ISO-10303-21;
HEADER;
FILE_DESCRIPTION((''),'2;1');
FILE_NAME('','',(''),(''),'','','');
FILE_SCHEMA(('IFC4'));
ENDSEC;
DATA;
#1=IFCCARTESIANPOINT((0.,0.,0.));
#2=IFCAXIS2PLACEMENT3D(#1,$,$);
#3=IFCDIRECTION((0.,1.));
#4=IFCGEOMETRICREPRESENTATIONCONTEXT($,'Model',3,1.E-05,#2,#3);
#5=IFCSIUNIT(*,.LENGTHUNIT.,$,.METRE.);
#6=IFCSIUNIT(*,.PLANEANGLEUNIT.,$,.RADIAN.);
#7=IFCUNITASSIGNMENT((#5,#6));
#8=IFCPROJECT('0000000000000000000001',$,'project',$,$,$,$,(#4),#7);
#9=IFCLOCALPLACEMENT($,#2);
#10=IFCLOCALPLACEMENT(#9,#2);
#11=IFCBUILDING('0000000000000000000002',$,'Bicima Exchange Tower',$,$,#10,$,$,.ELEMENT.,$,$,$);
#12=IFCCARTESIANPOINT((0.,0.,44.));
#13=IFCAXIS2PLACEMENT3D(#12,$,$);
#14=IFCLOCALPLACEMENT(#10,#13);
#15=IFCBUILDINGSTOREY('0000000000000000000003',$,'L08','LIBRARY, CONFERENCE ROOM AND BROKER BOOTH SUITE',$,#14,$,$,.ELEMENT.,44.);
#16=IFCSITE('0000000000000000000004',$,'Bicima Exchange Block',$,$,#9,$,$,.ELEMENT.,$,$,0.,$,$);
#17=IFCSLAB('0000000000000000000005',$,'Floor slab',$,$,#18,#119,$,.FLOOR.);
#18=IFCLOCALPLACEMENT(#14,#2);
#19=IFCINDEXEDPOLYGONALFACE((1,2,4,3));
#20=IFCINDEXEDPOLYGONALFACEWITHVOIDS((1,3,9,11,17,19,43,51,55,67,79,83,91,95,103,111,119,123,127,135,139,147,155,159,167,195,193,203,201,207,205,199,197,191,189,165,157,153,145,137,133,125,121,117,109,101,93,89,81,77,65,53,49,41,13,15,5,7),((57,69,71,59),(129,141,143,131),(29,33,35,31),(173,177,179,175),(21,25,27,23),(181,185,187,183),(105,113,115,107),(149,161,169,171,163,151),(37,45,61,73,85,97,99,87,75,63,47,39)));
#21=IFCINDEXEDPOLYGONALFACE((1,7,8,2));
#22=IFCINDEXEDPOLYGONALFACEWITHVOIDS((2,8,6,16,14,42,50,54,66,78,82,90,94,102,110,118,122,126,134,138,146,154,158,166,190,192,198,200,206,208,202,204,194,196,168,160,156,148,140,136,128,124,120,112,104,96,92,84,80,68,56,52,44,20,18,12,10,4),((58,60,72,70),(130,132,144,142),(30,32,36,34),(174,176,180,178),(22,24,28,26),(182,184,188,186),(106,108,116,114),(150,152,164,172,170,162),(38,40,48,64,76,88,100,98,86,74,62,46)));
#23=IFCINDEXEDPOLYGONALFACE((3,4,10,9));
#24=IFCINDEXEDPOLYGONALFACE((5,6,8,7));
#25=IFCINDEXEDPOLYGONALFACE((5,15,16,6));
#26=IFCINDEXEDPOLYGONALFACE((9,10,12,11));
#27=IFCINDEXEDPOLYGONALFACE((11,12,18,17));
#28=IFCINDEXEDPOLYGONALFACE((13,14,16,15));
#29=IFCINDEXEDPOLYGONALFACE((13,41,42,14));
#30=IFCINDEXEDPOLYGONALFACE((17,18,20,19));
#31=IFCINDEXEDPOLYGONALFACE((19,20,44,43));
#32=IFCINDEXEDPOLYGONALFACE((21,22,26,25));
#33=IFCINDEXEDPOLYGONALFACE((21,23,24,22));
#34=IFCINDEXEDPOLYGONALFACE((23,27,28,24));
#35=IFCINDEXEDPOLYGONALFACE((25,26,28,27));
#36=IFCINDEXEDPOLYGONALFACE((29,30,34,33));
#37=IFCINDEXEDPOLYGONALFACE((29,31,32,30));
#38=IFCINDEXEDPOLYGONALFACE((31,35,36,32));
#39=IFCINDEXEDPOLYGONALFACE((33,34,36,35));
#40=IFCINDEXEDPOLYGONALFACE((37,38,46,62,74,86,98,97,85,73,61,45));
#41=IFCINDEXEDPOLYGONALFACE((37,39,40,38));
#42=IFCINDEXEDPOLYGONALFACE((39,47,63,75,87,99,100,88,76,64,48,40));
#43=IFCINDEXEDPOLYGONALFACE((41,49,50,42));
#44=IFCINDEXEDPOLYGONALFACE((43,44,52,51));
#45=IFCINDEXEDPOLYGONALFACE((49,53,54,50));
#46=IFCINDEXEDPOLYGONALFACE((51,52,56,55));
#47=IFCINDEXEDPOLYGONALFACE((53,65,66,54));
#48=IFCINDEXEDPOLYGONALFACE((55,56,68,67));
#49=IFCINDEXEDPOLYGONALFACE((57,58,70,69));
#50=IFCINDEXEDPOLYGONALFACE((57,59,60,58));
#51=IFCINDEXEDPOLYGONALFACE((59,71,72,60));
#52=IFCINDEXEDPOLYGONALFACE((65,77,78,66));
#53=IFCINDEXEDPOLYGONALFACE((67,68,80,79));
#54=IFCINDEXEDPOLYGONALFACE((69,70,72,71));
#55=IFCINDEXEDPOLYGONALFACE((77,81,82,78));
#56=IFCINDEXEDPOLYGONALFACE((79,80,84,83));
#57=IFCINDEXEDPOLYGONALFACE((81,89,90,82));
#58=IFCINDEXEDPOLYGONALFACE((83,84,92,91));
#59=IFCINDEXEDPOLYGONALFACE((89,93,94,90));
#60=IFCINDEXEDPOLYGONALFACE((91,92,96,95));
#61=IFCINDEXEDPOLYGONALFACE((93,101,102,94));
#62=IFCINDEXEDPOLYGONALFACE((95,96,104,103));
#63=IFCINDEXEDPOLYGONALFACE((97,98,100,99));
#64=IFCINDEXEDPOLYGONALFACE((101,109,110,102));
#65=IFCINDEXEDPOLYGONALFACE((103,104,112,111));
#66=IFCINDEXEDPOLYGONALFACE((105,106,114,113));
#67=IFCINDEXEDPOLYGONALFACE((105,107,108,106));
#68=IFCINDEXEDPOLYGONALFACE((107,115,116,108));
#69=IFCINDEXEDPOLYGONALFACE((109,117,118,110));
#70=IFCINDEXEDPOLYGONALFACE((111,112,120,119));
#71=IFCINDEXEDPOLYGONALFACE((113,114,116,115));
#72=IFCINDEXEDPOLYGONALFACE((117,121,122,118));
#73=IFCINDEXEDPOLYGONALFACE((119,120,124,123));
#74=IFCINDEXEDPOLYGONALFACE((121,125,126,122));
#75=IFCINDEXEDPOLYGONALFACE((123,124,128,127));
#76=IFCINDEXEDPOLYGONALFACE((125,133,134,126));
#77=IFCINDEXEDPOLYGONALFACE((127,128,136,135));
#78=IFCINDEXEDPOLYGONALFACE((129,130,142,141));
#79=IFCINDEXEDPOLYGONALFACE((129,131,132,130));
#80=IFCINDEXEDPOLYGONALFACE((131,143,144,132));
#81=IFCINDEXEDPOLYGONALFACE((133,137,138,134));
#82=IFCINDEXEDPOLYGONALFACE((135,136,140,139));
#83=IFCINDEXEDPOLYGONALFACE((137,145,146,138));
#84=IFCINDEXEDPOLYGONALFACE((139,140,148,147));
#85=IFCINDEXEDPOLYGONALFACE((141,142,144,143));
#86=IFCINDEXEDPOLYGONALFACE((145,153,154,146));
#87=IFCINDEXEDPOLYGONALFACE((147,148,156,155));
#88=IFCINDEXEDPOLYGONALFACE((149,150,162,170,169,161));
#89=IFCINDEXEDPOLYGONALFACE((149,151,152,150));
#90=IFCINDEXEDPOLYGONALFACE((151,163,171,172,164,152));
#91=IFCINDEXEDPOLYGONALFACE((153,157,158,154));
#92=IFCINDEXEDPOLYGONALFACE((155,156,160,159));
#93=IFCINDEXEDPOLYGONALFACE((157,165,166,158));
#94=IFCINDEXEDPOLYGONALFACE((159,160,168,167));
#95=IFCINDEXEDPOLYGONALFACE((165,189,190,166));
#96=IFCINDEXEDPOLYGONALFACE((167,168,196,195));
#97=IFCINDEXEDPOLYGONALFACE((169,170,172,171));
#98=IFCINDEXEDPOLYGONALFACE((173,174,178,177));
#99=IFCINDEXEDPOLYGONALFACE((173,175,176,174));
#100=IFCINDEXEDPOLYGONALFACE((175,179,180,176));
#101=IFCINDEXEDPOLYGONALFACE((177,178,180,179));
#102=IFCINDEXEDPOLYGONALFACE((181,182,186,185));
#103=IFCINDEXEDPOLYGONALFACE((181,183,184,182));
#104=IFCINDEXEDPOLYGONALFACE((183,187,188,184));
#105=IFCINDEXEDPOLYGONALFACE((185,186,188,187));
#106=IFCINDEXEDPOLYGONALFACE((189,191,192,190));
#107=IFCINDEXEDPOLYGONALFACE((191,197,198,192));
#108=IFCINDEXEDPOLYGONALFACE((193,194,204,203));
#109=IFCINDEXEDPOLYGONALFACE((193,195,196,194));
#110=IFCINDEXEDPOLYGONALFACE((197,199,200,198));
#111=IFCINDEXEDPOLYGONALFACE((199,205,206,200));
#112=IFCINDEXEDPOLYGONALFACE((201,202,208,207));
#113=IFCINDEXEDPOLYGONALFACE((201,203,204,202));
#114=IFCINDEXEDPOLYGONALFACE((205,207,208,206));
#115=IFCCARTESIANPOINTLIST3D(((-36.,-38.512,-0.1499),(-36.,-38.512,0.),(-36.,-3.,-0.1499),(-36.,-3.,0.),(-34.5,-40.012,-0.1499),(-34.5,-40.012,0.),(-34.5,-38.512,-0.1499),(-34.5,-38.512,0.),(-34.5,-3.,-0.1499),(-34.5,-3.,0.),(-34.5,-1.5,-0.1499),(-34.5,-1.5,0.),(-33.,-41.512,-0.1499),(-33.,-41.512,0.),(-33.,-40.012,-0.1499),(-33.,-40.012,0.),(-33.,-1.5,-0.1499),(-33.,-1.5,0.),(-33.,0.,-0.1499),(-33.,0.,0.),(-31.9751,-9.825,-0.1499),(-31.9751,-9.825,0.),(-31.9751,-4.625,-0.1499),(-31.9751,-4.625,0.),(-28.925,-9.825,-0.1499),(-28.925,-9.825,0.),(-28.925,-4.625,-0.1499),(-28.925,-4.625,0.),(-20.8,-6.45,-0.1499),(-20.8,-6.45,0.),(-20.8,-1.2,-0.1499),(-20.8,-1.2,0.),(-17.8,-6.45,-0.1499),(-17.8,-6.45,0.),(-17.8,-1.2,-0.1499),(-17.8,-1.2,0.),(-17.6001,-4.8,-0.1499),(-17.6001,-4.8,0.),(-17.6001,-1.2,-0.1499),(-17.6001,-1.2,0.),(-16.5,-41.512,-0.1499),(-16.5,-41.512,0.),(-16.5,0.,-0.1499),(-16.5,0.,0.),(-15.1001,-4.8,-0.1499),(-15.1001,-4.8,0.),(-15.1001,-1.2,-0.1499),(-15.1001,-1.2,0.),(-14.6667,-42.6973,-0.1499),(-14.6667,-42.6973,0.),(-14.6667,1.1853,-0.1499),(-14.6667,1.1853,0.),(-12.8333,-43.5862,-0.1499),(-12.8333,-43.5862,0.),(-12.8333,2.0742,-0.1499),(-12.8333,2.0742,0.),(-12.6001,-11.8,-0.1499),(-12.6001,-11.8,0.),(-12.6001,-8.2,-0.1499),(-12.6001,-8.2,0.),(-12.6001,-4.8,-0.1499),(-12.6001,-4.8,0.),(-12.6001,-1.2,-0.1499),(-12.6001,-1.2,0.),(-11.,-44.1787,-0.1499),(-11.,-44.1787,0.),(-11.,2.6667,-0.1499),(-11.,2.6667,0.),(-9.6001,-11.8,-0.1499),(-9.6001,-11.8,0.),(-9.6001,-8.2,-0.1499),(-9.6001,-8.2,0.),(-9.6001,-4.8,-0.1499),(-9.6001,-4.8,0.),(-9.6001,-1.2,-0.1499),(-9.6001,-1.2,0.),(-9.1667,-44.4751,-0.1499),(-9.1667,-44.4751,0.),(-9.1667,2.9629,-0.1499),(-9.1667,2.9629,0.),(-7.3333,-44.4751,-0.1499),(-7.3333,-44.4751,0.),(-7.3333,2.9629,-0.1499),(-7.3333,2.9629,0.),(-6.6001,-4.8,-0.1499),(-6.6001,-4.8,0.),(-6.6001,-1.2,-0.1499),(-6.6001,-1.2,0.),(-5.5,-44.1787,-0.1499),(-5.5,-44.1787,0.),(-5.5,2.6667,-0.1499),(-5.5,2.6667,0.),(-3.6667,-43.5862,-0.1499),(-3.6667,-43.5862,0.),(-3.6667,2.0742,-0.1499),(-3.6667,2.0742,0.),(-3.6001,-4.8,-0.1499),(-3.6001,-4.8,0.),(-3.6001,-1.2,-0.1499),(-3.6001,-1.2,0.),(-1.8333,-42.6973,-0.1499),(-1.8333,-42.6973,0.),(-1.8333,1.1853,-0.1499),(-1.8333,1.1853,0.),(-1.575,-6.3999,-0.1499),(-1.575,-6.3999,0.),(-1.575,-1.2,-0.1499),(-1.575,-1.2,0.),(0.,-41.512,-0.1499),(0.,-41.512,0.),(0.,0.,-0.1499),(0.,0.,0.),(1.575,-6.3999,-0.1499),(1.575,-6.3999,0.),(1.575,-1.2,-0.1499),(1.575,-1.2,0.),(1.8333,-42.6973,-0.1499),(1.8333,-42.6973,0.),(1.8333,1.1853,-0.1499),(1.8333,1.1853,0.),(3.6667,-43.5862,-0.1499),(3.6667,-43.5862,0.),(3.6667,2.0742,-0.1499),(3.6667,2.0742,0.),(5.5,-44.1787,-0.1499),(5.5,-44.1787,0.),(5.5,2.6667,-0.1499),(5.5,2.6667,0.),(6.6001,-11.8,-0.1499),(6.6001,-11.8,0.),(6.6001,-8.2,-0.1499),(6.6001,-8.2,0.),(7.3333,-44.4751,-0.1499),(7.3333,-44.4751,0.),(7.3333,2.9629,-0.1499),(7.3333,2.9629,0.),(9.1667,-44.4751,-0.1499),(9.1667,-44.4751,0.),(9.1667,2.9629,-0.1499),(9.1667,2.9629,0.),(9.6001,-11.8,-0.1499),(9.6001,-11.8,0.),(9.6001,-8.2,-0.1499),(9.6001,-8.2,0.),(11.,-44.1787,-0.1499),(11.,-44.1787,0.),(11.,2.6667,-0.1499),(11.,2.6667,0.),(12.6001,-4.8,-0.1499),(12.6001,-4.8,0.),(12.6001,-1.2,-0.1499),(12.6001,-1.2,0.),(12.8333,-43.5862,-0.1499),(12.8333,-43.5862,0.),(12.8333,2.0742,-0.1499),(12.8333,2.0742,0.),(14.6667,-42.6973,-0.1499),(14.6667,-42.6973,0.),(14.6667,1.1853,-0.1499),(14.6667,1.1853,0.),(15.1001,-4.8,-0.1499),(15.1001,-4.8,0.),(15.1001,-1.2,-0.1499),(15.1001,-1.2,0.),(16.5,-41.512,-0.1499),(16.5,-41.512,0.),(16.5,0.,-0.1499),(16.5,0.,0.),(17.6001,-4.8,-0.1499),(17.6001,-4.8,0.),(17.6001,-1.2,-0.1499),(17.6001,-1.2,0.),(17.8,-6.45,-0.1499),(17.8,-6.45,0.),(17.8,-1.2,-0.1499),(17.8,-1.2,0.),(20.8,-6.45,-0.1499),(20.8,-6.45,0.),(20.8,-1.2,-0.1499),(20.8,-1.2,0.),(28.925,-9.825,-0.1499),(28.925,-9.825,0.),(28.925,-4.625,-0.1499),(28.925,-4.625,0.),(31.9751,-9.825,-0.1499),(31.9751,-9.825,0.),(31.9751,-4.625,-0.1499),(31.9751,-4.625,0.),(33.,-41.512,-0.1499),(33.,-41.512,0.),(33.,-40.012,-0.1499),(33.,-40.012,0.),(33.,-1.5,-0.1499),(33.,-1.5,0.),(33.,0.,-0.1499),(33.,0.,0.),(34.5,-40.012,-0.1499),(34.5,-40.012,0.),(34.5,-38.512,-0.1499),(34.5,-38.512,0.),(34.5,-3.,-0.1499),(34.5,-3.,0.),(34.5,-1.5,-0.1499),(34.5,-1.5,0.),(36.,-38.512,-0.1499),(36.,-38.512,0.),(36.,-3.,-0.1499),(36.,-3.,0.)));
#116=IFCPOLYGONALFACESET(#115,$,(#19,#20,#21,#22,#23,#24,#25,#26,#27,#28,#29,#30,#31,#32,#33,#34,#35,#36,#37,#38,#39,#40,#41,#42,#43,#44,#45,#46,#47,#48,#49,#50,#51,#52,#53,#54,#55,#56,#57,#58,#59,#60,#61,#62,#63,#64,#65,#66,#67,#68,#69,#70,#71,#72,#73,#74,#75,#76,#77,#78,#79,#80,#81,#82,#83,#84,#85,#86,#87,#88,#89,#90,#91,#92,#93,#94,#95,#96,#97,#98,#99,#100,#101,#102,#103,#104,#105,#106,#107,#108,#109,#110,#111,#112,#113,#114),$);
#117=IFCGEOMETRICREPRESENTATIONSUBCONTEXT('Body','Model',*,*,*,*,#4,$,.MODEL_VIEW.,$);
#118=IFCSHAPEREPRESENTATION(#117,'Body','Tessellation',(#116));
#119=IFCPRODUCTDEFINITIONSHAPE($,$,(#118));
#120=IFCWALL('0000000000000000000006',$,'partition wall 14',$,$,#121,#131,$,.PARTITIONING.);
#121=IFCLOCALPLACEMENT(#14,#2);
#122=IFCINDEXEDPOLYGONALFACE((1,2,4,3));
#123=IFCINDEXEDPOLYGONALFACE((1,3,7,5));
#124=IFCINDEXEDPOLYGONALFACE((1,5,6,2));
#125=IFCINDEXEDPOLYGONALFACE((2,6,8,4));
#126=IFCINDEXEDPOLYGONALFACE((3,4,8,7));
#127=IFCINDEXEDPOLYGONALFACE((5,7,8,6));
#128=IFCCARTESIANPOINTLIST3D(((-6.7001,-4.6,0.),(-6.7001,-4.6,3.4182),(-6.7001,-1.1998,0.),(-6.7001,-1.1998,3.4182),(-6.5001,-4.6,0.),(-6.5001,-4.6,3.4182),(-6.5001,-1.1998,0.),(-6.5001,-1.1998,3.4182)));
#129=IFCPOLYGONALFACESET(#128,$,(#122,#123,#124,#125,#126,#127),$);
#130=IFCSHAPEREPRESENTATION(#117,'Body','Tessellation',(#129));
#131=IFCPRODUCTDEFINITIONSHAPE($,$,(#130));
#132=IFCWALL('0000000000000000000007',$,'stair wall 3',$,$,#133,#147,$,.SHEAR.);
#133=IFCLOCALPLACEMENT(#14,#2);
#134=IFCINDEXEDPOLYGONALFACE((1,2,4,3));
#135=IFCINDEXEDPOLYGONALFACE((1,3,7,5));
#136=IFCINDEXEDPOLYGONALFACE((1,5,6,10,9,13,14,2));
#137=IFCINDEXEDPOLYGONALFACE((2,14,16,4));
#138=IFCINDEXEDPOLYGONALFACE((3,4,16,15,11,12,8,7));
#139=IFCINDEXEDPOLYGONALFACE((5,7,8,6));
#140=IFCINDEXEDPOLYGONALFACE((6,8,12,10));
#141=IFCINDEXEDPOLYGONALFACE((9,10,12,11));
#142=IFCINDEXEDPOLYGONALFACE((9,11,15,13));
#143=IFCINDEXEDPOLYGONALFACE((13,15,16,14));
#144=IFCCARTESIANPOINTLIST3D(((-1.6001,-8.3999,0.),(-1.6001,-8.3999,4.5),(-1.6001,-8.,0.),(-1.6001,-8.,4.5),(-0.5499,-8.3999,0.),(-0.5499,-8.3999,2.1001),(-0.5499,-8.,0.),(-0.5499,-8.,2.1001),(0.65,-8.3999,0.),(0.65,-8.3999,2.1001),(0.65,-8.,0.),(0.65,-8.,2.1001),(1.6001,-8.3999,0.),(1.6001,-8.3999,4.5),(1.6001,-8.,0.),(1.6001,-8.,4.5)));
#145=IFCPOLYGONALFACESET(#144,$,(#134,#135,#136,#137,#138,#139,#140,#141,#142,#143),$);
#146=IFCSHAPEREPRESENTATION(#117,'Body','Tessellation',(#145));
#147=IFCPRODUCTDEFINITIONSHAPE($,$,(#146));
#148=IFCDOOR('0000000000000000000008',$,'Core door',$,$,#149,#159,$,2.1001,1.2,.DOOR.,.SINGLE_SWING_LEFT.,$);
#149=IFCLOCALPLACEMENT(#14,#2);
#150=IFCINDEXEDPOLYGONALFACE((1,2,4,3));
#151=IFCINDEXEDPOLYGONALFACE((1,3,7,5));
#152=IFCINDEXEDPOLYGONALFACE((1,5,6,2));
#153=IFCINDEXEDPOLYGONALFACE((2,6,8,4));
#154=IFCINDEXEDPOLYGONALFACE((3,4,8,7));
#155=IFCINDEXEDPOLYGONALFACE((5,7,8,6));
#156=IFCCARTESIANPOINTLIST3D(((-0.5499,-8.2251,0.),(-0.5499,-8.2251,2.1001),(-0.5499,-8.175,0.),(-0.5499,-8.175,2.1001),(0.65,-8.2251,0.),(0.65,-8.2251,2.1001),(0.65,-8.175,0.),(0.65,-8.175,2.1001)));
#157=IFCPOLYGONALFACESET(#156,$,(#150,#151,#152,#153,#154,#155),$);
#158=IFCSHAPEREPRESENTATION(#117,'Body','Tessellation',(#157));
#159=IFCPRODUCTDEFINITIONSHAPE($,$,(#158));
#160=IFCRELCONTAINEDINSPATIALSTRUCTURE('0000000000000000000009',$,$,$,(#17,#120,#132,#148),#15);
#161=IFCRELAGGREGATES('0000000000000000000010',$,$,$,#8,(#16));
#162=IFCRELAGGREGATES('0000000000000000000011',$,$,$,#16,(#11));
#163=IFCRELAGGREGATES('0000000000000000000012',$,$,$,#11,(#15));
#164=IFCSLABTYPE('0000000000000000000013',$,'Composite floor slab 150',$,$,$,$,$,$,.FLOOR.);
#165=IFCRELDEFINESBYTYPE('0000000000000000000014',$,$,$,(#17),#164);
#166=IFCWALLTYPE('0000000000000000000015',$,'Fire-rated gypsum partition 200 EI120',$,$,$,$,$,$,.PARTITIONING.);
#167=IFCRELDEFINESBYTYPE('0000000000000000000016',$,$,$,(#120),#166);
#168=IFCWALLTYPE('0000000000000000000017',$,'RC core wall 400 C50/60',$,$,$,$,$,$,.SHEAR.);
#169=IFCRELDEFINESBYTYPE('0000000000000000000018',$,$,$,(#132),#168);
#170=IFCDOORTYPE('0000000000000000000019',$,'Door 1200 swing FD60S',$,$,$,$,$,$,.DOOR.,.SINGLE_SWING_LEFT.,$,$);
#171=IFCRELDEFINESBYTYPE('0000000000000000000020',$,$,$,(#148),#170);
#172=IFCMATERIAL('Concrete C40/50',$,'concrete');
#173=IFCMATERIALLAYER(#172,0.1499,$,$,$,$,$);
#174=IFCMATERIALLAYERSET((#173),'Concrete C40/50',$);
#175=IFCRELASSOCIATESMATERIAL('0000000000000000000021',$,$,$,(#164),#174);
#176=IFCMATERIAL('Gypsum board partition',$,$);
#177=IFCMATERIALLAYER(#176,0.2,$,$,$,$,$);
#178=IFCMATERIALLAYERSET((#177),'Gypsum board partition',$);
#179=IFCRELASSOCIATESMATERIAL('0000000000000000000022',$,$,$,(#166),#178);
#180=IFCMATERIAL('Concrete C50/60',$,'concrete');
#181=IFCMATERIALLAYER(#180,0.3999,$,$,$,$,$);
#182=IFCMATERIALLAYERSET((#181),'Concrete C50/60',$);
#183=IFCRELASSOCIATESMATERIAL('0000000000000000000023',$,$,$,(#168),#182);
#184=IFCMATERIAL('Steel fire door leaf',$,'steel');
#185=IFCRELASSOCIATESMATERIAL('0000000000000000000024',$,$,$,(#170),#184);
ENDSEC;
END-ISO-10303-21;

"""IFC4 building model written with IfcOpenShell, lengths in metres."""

from ifc_helpers import new_model, si_unit, direction, frame, frame_2d, origin, place, context, subcontext, project, spatial, polyline, rectangle, outline, extrude, material, layer, layer_set, type_object, element, fill, save


model = new_model("IFC4")

# Units and contexts
model_context = context("Model", 3, precision=1e-05, world=origin(), true_north=direction((0.0, 1.0)))
body_context = subcontext(model_context, "Body", "Model", "MODEL_VIEW")
ifc_project = project(units=[si_unit("LENGTHUNIT", "METRE"), si_unit("PLANEANGLEUNIT", "RADIAN")], contexts=[model_context])

# Site, building, storey
site_placement = place(None, origin())
site = spatial("IfcSite", under=ifc_project, at=site_placement, Name="Bicima Exchange Block", CompositionType="ELEMENT", RefElevation=0.0)
building_placement = place(site_placement, origin())
building = spatial("IfcBuilding", under=site, at=building_placement, Name="Bicima Exchange Tower", CompositionType="ELEMENT")
storey_placement = place(building_placement, frame((0.0, 0.0, 44.0)))
storey = spatial("IfcBuildingStorey", under=building, at=storey_placement, Name="L08", Description="LIBRARY, CONFERENCE ROOM AND BROKER BOOTH SUITE", CompositionType="ELEMENT", Elevation=44.0)

# Slab
ifc_material_1 = material(Name="Concrete C40/50", Category="concrete")
ifc_layer_1 = layer(ifc_material_1, 0.1499)
ifc_layer_set_1 = layer_set([ifc_layer_1], Name="Concrete C40/50")
slab_type = type_object("IfcSlabType", Name="Composite floor slab 150", PredefinedType="FLOOR", material=ifc_layer_set_1)
slab_placement = place(storey_placement, frame((0.0, 0.0, -0.1499)))
element("IfcSlab", 1, at=slab_placement, inside=storey, type_object=slab_type, Name="Floor slab", PredefinedType="FLOOR", context=body_context, shape_type="SweptSolid", body=[
    extrude(outline(polyline([(-36.0, -38.512), (-36.0, -3.0), (-34.5, -3.0), (-34.5, -1.5), (-33.0, -1.5), (-33.0, 0.0), (-16.5, 0.0), (-14.6667, 1.1853), (-12.8333, 2.0742), (-11.0, 2.6667), (-9.1667, 2.9629), (-7.3333, 2.9629), (-5.5, 2.6667), (-3.6667, 2.0742), (-1.8333, 1.1853), (0.0, 0.0), (1.8333, 1.1853), (3.6667, 2.0742), (5.5, 2.6667), (7.3333, 2.9629), (9.1667, 2.9629), (11.0, 2.6667), (12.8333, 2.0742), (14.6667, 1.1853), (16.5, 0.0), (33.0, 0.0), (33.0, -1.5), (34.5, -1.5), (34.5, -3.0), (36.0, -3.0), (36.0, -38.512), (34.5, -38.512), (34.5, -40.012), (33.0, -40.012), (33.0, -41.512), (16.5, -41.512), (14.6667, -42.6973), (12.8333, -43.5862), (11.0, -44.1787), (9.1667, -44.4751), (7.3333, -44.4751), (5.5, -44.1787), (3.6667, -43.5862), (1.8333, -42.6973), (0.0, -41.512), (-1.8333, -42.6973), (-3.6667, -43.5862), (-5.5, -44.1787), (-7.3333, -44.4751), (-9.1667, -44.4751), (-11.0, -44.1787), (-12.8333, -43.5862), (-14.6667, -42.6973), (-16.5, -41.512), (-33.0, -41.512), (-33.0, -40.012), (-34.5, -40.012), (-34.5, -38.512), (-36.0, -38.512)]), holes=[polyline([(-9.6001, -11.8), (-9.6001, -8.2), (-12.6001, -8.2), (-12.6001, -11.8), (-9.6001, -11.8)]), polyline([(-31.9751, -9.825), (-28.925, -9.825), (-28.925, -4.625), (-31.9751, -4.625), (-31.9751, -9.825)]), polyline([(-20.8, -6.45), (-17.8, -6.45), (-17.8, -1.2), (-20.8, -1.2), (-20.8, -6.45)]), polyline([(-9.6001, -1.2), (-12.6001, -1.2), (-15.1001, -1.2), (-17.6001, -1.2), (-17.6001, -4.8), (-15.1001, -4.8), (-12.6001, -4.8), (-9.6001, -4.8), (-6.6001, -4.8), (-3.6001, -4.8), (-3.6001, -1.2), (-6.6001, -1.2), (-9.6001, -1.2)]), polyline([(9.6001, -11.8), (9.6001, -8.2), (6.6001, -8.2), (6.6001, -11.8), (9.6001, -11.8)]), polyline([(28.925, -9.825), (31.9751, -9.825), (31.9751, -4.625), (28.925, -4.625), (28.925, -9.825)]), polyline([(17.8, -6.45), (20.8, -6.45), (20.8, -1.2), (17.8, -1.2), (17.8, -6.45)]), polyline([(-1.575, -6.3999), (1.575, -6.3999), (1.575, -1.2), (-1.575, -1.2), (-1.575, -6.3999)]), polyline([(17.6001, -4.8), (17.6001, -1.2), (15.1001, -1.2), (12.6001, -1.2), (12.6001, -4.8), (15.1001, -4.8), (17.6001, -4.8)])]), origin(), (0.0, 0.0, 1.0), 0.1499),
])

# Wall
ifc_material_2 = material(Name="Gypsum board partition")
ifc_layer_2 = layer(ifc_material_2, 0.2)
ifc_layer_set_2 = layer_set([ifc_layer_2], Name="Gypsum board partition")
wall_type_1 = type_object("IfcWallType", Name="Fire-rated gypsum partition 200 EI120", PredefinedType="PARTITIONING", material=ifc_layer_set_2)
wall_1_placement = place(storey_placement, frame((-6.6001, -4.6001, 0.0), z_axis=(0.0, 0.0, 1.0), x_axis=(0.0, 1.0, 0.0)))
element("IfcWall", 2, at=wall_1_placement, inside=storey, type_object=wall_type_1, Name="partition wall 14", PredefinedType="PARTITIONING", context=body_context, shape_type="SweptSolid", body=[
    extrude(rectangle(XDim=3.4001, YDim=0.2, at=frame_2d((1.7002, 0.0))), origin(), (0.0, 0.0, 1.0), 3.4182),
])

# Wall, opening, door
ifc_material_3 = material(Name="Concrete C50/60", Category="concrete")
ifc_layer_3 = layer(ifc_material_3, 0.3999)
ifc_layer_set_3 = layer_set([ifc_layer_3], Name="Concrete C50/60")
wall_type_2 = type_object("IfcWallType", Name="RC core wall 400 C50/60", PredefinedType="SHEAR", material=ifc_layer_set_3)
wall_2_placement = place(storey_placement, frame((-1.6001, -8.2, 0.0), z_axis=(0.0, 0.0, 1.0), x_axis=(1.0, 0.0, 0.0)))
wall_2 = element("IfcWall", 3, at=wall_2_placement, inside=storey, type_object=wall_type_2, Name="stair wall 3", PredefinedType="SHEAR", context=body_context, shape_type="SweptSolid", body=[
    extrude(rectangle(XDim=3.2002, YDim=0.3999, at=frame_2d((1.6001, 0.0))), origin(), (0.0, 0.0, 1.0), 4.5),
])
opening_1_placement = place(wall_2_placement, frame((1.05, 0.0, 0.0)))
opening_1 = element("IfcOpeningElement", 4, at=opening_1_placement, cuts=wall_2, PredefinedType="OPENING", context=body_context, shape_type="SweptSolid", body=[
    extrude(rectangle(XDim=1.2, YDim=2.1001, at=frame_2d((0.6001, 1.05))), frame((0.0, 0.2119, 0.0), z_axis=(0.0, -1.0, 0.0), x_axis=(1.0, 0.0, 0.0)), (0.0, 0.0, 1.0), 0.4238),
])
ifc_material_4 = material(Name="Steel fire door leaf", Category="steel")
door_type_1 = type_object("IfcDoorType", Name="Door 1200 swing FD60S", OperationType="SINGLE_SWING_LEFT", PredefinedType="DOOR", material=ifc_material_4)
door_1_placement = place(opening_1_placement, origin())
door_1 = element("IfcDoor", 5, at=door_1_placement, inside=storey, type_object=door_type_1, Name="Core door", OperationType="SINGLE_SWING_LEFT", OverallHeight=2.1001, OverallWidth=1.2, PredefinedType="DOOR", context=body_context, shape_type="SweptSolid", body=[
    extrude(rectangle(XDim=1.2, YDim=2.1001, at=frame_2d((0.6001, 1.05))), frame((0.0, 0.0249, 0.0), z_axis=(0.0, -1.0, 0.0), x_axis=(1.0, 0.0, 0.0)), (0.0, 0.0, 1.0), 0.05),
])
fill(opening_1, door_1)

save(model, "model.ifc")
